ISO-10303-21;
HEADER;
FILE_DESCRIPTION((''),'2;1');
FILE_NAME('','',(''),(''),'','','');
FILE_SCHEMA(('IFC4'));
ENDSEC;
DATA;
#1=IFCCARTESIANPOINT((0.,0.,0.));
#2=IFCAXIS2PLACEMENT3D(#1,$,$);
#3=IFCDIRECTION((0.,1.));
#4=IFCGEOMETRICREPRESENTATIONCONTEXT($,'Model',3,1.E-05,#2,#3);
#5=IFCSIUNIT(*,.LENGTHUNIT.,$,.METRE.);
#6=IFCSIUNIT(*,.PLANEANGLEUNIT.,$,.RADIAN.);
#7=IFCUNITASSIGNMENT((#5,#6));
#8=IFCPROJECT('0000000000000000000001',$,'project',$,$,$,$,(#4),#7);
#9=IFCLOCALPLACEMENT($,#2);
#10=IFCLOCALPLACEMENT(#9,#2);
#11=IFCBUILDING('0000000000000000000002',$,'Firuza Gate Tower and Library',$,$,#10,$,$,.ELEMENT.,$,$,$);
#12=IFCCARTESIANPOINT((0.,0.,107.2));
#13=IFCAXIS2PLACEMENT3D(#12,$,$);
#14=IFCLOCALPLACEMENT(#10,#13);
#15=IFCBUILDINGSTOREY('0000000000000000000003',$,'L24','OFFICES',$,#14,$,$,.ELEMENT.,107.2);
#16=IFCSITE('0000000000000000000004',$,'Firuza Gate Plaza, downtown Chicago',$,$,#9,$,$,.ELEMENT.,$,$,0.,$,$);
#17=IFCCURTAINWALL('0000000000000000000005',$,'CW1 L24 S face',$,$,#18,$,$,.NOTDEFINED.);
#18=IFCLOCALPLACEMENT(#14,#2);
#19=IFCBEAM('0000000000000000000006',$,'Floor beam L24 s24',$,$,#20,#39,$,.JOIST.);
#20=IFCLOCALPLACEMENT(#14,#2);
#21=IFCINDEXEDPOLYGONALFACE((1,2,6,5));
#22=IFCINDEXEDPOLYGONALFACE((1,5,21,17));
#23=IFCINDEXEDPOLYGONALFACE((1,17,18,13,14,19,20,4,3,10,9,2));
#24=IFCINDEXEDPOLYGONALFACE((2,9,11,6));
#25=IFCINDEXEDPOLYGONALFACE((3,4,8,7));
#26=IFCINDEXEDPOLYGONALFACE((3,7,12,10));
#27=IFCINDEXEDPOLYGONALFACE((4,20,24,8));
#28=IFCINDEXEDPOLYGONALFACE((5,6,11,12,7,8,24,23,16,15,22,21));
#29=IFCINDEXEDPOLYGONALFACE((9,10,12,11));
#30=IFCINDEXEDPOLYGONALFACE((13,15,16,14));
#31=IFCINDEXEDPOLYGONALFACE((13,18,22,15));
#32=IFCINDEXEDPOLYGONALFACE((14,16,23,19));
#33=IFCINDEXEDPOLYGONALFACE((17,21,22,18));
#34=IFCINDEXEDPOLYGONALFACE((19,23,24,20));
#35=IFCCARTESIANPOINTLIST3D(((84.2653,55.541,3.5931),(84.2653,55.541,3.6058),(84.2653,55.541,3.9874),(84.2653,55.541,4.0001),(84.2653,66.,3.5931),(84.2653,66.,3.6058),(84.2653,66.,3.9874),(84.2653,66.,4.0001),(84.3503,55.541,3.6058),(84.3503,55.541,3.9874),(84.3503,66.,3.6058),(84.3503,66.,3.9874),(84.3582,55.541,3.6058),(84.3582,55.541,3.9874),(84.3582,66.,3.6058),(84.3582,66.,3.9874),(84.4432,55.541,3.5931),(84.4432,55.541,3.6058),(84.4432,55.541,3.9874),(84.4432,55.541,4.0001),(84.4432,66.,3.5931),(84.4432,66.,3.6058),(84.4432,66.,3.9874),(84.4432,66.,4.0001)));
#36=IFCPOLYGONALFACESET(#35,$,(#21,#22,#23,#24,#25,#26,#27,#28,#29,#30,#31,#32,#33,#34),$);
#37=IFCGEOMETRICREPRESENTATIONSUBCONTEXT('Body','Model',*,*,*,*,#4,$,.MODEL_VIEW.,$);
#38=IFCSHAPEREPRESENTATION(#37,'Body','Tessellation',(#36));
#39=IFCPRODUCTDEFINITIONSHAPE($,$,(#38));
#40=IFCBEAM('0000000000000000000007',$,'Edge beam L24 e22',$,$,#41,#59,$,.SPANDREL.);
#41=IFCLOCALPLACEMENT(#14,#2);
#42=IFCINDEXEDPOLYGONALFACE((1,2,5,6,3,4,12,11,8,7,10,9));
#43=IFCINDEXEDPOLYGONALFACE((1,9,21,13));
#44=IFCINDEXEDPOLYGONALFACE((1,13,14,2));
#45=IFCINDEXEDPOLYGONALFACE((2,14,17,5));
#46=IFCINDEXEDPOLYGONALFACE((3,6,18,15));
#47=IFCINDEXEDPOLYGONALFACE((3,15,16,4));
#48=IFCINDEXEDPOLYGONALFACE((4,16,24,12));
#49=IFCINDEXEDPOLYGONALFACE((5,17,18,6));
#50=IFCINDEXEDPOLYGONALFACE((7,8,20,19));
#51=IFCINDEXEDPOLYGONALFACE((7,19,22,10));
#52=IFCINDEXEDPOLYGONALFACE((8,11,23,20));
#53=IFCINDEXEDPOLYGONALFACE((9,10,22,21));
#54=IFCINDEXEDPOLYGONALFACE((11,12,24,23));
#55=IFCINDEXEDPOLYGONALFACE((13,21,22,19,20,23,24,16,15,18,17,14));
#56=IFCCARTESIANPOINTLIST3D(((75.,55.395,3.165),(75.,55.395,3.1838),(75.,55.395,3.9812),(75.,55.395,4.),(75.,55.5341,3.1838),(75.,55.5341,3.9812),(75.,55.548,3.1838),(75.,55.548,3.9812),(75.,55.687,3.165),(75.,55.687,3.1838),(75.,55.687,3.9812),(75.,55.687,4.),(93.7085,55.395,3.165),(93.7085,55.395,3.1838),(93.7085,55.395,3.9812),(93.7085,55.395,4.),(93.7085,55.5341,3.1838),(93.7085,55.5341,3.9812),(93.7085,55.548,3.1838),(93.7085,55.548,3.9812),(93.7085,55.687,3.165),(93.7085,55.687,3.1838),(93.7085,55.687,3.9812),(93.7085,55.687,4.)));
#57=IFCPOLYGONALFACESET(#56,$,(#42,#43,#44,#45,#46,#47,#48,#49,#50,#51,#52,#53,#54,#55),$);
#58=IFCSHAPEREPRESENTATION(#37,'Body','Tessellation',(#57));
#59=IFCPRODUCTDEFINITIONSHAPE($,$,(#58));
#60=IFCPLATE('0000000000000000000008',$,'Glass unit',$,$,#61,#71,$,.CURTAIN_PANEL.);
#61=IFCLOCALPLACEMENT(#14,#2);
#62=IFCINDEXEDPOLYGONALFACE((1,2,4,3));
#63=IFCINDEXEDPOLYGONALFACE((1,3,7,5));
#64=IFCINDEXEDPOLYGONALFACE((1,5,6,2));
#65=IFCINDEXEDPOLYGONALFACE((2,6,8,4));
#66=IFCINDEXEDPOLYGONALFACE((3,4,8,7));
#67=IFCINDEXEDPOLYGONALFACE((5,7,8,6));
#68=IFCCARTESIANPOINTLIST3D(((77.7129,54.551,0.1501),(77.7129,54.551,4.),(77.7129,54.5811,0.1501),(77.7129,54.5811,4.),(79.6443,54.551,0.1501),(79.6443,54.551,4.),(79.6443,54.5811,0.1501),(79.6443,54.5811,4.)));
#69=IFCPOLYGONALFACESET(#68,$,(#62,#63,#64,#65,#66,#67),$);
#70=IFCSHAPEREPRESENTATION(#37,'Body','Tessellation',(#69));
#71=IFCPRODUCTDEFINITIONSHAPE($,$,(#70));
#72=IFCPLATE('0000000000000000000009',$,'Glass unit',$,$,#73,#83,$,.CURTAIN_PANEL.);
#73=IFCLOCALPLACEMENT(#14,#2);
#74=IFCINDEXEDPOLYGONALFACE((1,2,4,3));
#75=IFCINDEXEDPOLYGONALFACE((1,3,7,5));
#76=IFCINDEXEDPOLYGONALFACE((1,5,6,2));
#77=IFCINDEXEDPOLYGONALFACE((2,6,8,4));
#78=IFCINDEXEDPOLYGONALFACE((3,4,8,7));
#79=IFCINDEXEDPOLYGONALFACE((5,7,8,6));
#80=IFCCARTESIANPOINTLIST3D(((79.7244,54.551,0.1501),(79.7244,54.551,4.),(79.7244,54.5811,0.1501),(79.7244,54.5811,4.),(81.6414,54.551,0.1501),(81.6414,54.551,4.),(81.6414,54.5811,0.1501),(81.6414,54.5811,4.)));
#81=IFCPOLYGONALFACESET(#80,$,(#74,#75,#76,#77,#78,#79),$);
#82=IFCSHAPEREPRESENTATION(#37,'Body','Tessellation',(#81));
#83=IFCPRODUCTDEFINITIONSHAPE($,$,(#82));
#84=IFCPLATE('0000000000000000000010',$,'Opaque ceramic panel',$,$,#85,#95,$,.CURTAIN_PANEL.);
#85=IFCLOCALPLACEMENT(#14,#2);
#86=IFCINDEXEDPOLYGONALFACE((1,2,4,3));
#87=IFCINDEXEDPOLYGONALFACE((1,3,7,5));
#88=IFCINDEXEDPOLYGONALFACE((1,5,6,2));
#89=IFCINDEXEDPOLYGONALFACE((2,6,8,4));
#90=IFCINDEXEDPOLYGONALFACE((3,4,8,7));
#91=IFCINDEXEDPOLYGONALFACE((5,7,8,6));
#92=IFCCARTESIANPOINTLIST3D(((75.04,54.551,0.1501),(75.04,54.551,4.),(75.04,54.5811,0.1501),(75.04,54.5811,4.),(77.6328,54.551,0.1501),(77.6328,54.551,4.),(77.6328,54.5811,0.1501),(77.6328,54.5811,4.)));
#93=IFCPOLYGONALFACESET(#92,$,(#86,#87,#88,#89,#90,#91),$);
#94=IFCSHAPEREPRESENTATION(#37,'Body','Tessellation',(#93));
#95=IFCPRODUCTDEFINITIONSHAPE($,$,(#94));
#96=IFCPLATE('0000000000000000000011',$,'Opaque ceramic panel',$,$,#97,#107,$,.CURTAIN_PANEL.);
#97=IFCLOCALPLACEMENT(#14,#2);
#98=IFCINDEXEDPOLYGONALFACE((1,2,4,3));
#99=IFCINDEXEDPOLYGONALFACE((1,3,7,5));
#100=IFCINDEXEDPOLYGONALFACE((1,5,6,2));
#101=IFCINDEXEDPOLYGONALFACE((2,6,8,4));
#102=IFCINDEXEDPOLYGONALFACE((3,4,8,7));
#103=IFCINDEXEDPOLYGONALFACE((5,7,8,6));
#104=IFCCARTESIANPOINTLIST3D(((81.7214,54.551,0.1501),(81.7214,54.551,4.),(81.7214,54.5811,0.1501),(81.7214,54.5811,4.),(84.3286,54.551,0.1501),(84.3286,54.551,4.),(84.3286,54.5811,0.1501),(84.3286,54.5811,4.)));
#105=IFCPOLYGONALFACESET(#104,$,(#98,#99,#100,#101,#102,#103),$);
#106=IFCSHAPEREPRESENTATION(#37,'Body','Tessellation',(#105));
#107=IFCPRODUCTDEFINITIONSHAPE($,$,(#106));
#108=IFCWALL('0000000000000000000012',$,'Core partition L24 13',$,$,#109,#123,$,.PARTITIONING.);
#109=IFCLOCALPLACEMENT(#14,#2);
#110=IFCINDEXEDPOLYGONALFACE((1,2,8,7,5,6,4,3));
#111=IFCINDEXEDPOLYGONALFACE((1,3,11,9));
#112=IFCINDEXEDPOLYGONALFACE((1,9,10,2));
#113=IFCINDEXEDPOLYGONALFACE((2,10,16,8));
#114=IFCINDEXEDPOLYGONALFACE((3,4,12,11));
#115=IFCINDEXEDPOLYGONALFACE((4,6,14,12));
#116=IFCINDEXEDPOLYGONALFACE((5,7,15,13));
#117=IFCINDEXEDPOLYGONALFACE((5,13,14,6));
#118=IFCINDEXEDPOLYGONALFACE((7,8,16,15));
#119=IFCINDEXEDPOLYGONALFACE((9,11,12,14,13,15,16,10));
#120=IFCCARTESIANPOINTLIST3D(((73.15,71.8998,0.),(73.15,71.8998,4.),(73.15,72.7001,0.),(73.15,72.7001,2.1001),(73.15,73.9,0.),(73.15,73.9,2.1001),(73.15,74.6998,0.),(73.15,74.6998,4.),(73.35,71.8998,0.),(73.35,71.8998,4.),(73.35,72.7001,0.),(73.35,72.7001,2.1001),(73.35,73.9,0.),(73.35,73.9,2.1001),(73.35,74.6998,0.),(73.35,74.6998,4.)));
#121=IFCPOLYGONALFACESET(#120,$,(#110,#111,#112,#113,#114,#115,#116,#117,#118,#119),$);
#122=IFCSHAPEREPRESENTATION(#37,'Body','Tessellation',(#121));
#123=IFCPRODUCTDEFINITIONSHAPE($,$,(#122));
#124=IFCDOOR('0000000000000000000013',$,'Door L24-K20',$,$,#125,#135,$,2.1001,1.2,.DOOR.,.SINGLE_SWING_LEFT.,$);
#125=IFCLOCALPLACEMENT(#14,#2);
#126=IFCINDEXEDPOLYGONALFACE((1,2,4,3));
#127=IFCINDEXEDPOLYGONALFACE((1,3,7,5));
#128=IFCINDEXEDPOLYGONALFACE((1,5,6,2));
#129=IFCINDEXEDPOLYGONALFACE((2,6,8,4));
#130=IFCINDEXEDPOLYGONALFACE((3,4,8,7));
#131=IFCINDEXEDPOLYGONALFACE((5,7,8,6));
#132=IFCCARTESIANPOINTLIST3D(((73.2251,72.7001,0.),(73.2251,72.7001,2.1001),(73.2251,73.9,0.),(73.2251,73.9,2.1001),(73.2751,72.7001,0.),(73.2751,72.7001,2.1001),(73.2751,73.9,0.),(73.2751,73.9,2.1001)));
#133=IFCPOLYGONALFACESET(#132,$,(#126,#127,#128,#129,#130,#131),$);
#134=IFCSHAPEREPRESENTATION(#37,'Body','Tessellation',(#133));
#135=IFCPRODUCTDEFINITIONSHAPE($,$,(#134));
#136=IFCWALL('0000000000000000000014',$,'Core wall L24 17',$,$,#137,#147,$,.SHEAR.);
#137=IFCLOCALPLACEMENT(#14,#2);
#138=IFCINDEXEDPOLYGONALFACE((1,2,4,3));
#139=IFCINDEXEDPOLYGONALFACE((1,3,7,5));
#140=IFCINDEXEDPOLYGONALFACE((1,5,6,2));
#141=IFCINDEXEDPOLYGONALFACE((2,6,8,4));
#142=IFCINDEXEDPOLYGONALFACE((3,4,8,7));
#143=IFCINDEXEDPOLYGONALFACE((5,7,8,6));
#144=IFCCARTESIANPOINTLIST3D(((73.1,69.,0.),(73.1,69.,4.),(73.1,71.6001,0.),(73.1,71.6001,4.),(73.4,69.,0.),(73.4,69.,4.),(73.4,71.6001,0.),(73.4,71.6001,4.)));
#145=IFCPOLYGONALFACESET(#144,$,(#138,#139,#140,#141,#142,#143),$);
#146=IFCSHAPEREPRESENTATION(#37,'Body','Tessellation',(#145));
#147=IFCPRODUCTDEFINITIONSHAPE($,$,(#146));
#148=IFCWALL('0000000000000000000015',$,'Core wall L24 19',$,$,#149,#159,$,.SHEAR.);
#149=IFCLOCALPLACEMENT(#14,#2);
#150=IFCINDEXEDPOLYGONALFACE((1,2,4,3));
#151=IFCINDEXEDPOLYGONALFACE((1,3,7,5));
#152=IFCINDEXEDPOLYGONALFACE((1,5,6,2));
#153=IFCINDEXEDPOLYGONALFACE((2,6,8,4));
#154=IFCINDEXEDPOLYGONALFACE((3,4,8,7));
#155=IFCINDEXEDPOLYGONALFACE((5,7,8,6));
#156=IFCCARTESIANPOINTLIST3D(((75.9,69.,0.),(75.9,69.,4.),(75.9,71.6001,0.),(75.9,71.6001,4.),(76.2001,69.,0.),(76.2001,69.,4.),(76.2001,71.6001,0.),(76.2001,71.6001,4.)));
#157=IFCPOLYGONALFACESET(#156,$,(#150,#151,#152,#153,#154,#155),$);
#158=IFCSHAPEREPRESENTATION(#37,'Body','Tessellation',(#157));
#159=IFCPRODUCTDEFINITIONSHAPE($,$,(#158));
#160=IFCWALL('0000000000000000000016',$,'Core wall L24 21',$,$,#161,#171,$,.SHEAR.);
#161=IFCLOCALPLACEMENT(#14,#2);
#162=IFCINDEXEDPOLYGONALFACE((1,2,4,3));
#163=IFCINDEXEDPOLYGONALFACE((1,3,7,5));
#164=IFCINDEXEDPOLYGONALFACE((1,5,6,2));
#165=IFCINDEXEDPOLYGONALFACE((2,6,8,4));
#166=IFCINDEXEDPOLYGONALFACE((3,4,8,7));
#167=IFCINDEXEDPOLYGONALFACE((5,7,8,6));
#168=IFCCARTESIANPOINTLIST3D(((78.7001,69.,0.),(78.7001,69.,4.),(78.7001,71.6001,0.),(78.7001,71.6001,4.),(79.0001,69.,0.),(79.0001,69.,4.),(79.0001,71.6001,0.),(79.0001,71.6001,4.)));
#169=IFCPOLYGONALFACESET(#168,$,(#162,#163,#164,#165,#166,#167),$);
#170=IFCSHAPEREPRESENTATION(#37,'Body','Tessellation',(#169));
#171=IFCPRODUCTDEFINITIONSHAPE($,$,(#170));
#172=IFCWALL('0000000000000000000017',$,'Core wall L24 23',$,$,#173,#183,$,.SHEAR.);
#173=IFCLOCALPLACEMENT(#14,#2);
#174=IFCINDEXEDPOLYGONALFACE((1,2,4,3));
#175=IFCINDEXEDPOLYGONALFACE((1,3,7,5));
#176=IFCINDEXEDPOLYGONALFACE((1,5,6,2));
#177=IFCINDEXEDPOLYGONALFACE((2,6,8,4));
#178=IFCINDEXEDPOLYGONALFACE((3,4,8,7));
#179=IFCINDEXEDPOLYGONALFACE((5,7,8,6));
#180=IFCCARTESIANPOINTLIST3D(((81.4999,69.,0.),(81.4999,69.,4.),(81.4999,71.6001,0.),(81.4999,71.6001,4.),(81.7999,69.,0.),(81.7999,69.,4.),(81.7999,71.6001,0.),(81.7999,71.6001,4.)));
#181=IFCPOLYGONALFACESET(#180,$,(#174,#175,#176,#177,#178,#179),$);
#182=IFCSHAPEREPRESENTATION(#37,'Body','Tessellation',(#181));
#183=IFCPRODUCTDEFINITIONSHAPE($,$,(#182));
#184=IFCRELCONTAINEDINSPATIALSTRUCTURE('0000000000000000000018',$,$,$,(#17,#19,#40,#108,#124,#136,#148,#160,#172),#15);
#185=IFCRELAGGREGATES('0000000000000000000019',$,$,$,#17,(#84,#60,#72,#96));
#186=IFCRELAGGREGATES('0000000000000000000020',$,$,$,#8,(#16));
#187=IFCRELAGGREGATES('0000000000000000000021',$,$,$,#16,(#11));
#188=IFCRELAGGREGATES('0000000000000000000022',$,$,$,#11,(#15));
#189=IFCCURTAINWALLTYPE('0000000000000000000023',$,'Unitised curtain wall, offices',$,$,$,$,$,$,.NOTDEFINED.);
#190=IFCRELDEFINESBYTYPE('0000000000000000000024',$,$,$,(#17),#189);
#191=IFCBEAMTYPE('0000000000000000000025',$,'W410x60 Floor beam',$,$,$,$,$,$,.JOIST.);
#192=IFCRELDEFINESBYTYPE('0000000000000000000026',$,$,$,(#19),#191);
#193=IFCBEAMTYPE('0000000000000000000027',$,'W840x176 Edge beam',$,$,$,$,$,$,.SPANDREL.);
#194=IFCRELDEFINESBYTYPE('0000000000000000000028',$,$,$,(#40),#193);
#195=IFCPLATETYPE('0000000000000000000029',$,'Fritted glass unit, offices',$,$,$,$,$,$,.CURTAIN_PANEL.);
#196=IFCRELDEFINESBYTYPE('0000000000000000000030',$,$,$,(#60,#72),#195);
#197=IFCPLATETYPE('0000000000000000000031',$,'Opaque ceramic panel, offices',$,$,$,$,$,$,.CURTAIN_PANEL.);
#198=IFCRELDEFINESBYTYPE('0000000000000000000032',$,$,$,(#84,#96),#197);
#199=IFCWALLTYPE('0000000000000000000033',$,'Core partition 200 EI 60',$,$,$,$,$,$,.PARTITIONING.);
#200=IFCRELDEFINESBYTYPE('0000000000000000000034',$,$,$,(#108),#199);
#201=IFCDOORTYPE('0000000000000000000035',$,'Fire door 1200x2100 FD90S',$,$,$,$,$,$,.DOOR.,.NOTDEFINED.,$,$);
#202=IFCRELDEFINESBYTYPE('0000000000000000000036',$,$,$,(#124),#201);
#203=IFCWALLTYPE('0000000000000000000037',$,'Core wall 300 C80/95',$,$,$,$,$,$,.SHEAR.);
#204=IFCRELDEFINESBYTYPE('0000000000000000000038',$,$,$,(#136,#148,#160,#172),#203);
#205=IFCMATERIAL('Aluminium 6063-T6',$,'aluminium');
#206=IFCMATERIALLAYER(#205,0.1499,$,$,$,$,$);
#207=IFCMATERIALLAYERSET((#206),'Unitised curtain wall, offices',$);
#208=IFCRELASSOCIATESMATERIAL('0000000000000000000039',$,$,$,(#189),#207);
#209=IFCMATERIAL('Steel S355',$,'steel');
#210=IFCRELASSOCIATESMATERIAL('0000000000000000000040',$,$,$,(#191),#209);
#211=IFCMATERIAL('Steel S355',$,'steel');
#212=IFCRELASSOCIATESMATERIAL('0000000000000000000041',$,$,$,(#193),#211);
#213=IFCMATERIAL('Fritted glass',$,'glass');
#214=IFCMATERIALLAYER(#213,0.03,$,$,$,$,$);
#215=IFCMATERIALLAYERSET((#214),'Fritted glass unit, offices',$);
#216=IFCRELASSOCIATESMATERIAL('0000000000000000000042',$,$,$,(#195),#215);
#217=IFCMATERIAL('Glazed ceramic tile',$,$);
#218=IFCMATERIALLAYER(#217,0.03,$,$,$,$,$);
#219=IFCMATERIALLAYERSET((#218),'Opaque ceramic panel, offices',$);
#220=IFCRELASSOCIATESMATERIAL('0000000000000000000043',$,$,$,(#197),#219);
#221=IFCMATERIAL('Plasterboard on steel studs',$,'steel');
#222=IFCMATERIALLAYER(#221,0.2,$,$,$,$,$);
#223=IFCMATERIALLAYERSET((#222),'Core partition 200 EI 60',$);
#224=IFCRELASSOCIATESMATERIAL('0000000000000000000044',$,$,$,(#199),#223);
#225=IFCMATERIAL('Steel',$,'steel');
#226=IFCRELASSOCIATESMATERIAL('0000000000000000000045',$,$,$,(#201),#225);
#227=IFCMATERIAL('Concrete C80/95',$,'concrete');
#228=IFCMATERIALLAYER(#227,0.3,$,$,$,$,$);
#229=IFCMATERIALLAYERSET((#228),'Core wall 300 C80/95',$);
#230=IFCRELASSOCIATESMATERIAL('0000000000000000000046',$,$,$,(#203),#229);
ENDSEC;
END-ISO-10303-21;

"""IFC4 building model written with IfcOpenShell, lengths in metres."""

from ifc_helpers import new_model, si_unit, direction, frame, frame_2d, origin, origin_2d, place, context, subcontext, project, spatial, polyline, rectangle, i_section, outline, extrude, material, layer, layer_set, material_profile, profile_set, type_object, element, fill, aggregate, save


model = new_model("IFC4")

# Units and contexts
model_context = context("Model", 3, precision=1e-05, world=origin(), true_north=direction((0.0, 1.0)))
body_context = subcontext(model_context, "Body", "Model", "MODEL_VIEW")
ifc_project = project(units=[si_unit("LENGTHUNIT", "METRE"), si_unit("PLANEANGLEUNIT", "RADIAN")], contexts=[model_context])

# Site, building, storey
site_placement = place(None, origin())
site = spatial("IfcSite", under=ifc_project, at=site_placement, Name="Firuza Gate Plaza, downtown Chicago", CompositionType="ELEMENT", RefElevation=0.0)
building_placement = place(site_placement, origin())
building = spatial("IfcBuilding", under=site, at=building_placement, Name="Firuza Gate Tower and Library", CompositionType="ELEMENT")
storey_placement = place(building_placement, frame((0.0, 0.0, 107.2)))
storey = spatial("IfcBuildingStorey", under=building, at=storey_placement, Name="L24", Description="OFFICES", CompositionType="ELEMENT", Elevation=107.2)

# Curtain wall
ifc_material_1 = material(Name="Aluminium 6063-T6", Category="aluminium")
ifc_layer_1 = layer(ifc_material_1, 0.1499)
ifc_layer_set_1 = layer_set([ifc_layer_1], Name="Unitised curtain wall, offices")
curtain_wall_type = type_object("IfcCurtainWallType", Name="Unitised curtain wall, offices", PredefinedType="NOTDEFINED", material=ifc_layer_set_1)
curtain_wall_placement = place(storey_placement, origin())
curtain_wall = element("IfcCurtainWall", 1, at=curtain_wall_placement, inside=storey, type_object=curtain_wall_type, Name="CW1 L24 S face", PredefinedType="NOTDEFINED")

# Beams
ifc_material_2 = material(Name="Steel S355", Category="steel")
ifc_material_profile_1 = material_profile(ifc_material_2, i_section(OverallWidth=0.178, OverallDepth=0.407, WebThickness=0.0078, FlangeThickness=0.0127, at=origin_2d()))
ifc_profile_set_1 = profile_set([ifc_material_profile_1], Name="Steel S355")
beam_type_1 = type_object("IfcBeamType", Name="W410x60 Floor beam", PredefinedType="JOIST", material=ifc_profile_set_1)
for number, where, z_axis, x_axis, name in (
    (2, (84.3542, 55.541, 3.7966), (0.0, 1.0, 0.0), (-1.0, 0.0, 0.0), "Floor beam L24 s24"),
):
    element("IfcBeam", number, at=place(storey_placement, frame(where, z_axis=z_axis, x_axis=x_axis)), inside=storey, type_object=beam_type_1, Name=name, PredefinedType="JOIST", context=body_context, shape_type="SweptSolid", body=[
        extrude(i_section(OverallWidth=0.178, OverallDepth=0.407, WebThickness=0.0078, FlangeThickness=0.0127, at=origin_2d()), origin(), (0.0, 0.0, 1.0), 10.459),
    ])
ifc_material_3 = material(Name="Steel S355", Category="steel")
ifc_material_profile_2 = material_profile(ifc_material_3, i_section(OverallWidth=0.292, OverallDepth=0.835, WebThickness=0.0139, FlangeThickness=0.0188, at=origin_2d()))
ifc_profile_set_2 = profile_set([ifc_material_profile_2], Name="Steel S355")
beam_type_2 = type_object("IfcBeamType", Name="W840x176 Edge beam", PredefinedType="SPANDREL", material=ifc_profile_set_2)
beam_placement = place(storey_placement, frame((75.0, 55.541, 3.5825), z_axis=(1.0, 0.0, 0.0), x_axis=(0.0, 1.0, 0.0)))
element("IfcBeam", 3, at=beam_placement, inside=storey, type_object=beam_type_2, Name="Edge beam L24 e22", PredefinedType="SPANDREL", context=body_context, shape_type="SweptSolid", body=[
    extrude(i_section(OverallWidth=0.292, OverallDepth=0.835, WebThickness=0.0139, FlangeThickness=0.0188, at=origin_2d()), origin(), (0.0, 0.0, 1.0), 18.7085),
])

# Plates
ifc_material_4 = material(Name="Fritted glass", Category="glass")
ifc_layer_2 = layer(ifc_material_4, 0.03)
ifc_layer_set_2 = layer_set([ifc_layer_2], Name="Fritted glass unit, offices")
plate_type_1 = type_object("IfcPlateType", Name="Fritted glass unit, offices", PredefinedType="CURTAIN_PANEL", material=ifc_layer_set_2)
plate_1_placement = place(storey_placement, frame((77.7129, 54.551, 0.1501), z_axis=(0.0, -1.0, 0.0), x_axis=(1.0, 0.0, 0.0)))
plate_1 = element("IfcPlate", 4, at=plate_1_placement, type_object=plate_type_1, Name="Glass unit", PredefinedType="CURTAIN_PANEL", context=body_context, shape_type="SweptSolid", body=[
    extrude(outline(polyline([(0.0, 0.0), (1.9314, 0.0), (1.9314, 3.8499), (0.0, 3.8499), (0.0, 0.0)])), origin(), (0.0, 0.0, -1.0), 0.03),
])
plate_2_placement = place(storey_placement, frame((79.7244, 54.551, 0.1501), z_axis=(0.0, -1.0, 0.0), x_axis=(1.0, 0.0, 0.0)))
plate_2 = element("IfcPlate", 5, at=plate_2_placement, type_object=plate_type_1, Name="Glass unit", PredefinedType="CURTAIN_PANEL", context=body_context, shape_type="SweptSolid", body=[
    extrude(outline(polyline([(0.0, 0.0), (1.917, 0.0), (1.917, 3.8499), (0.0, 3.8499), (0.0, 0.0)])), origin(), (0.0, 0.0, -1.0), 0.03),
])
ifc_material_5 = material(Name="Glazed ceramic tile")
ifc_layer_3 = layer(ifc_material_5, 0.03)
ifc_layer_set_3 = layer_set([ifc_layer_3], Name="Opaque ceramic panel, offices")
plate_type_2 = type_object("IfcPlateType", Name="Opaque ceramic panel, offices", PredefinedType="CURTAIN_PANEL", material=ifc_layer_set_3)
plate_3_placement = place(storey_placement, frame((75.04, 54.551, 0.1501), z_axis=(0.0, -1.0, 0.0), x_axis=(1.0, 0.0, 0.0)))
plate_3 = element("IfcPlate", 6, at=plate_3_placement, type_object=plate_type_2, Name="Opaque ceramic panel", PredefinedType="CURTAIN_PANEL", context=body_context, shape_type="SweptSolid", body=[
    extrude(outline(polyline([(0.0, 0.0), (2.5928, 0.0), (2.5928, 3.8499), (0.0, 3.8499), (0.0, 0.0)])), origin(), (0.0, 0.0, -1.0), 0.03),
])
plate_4_placement = place(storey_placement, frame((81.7214, 54.551, 0.1501), z_axis=(0.0, -1.0, 0.0), x_axis=(1.0, 0.0, 0.0)))
plate_4 = element("IfcPlate", 7, at=plate_4_placement, type_object=plate_type_2, Name="Opaque ceramic panel", PredefinedType="CURTAIN_PANEL", context=body_context, shape_type="SweptSolid", body=[
    extrude(outline(polyline([(0.0, 0.0), (2.6072, 0.0), (2.6072, 3.8499), (0.0, 3.8499), (0.0, 0.0)])), origin(), (0.0, 0.0, -1.0), 0.03),
])
aggregate(curtain_wall, [plate_3, plate_1, plate_2, plate_4])

# Wall, opening, door
ifc_material_6 = material(Name="Plasterboard on steel studs", Category="steel")
ifc_layer_4 = layer(ifc_material_6, 0.2)
ifc_layer_set_4 = layer_set([ifc_layer_4], Name="Core partition 200 EI 60")
wall_type_1 = type_object("IfcWallType", Name="Core partition 200 EI 60", PredefinedType="PARTITIONING", material=ifc_layer_set_4)
wall_1_placement = place(storey_placement, frame((73.25, 71.8999, 0.0), z_axis=(0.0, 0.0, 1.0), x_axis=(0.0, 1.0, 0.0)))
wall_1 = element("IfcWall", 8, at=wall_1_placement, inside=storey, type_object=wall_type_1, Name="Core partition L24 13", PredefinedType="PARTITIONING", context=body_context, shape_type="SweptSolid", body=[
    extrude(rectangle(XDim=2.8, YDim=0.2, at=frame_2d((1.3999, 0.0))), origin(), (0.0, 0.0, 1.0), 4.0),
])
opening_placement = place(wall_1_placement, frame((0.8, 0.0, 0.0)))
opening = element("IfcOpeningElement", 9, at=opening_placement, cuts=wall_1, PredefinedType="OPENING", context=body_context, shape_type="SweptSolid", body=[
    extrude(rectangle(XDim=1.2, YDim=2.1001, at=frame_2d((0.6001, 1.05))), frame((0.0, 0.1099, 0.0), z_axis=(0.0, -1.0, 0.0), x_axis=(1.0, 0.0, 0.0)), (0.0, 0.0, 1.0), 0.22),
])
ifc_material_7 = material(Name="Steel", Category="steel")
door_type = type_object("IfcDoorType", Name="Fire door 1200x2100 FD90S", OperationType="NOTDEFINED", PredefinedType="DOOR", material=ifc_material_7)
door_placement = place(opening_placement, origin())
door = element("IfcDoor", 10, at=door_placement, inside=storey, type_object=door_type, Name="Door L24-K20", OperationType="SINGLE_SWING_LEFT", OverallHeight=2.1001, OverallWidth=1.2, PredefinedType="DOOR", context=body_context, shape_type="SweptSolid", body=[
    extrude(rectangle(XDim=1.2, YDim=2.1001, at=frame_2d((0.6001, 1.05))), frame((0.0, 0.0249, 0.0), z_axis=(0.0, -1.0, 0.0), x_axis=(1.0, 0.0, 0.0)), (0.0, 0.0, 1.0), 0.05),
])
fill(opening, door)

# Walls
ifc_material_8 = material(Name="Concrete C80/95", Category="concrete")
ifc_layer_5 = layer(ifc_material_8, 0.3)
ifc_layer_set_5 = layer_set([ifc_layer_5], Name="Core wall 300 C80/95")
wall_type_2 = type_object("IfcWallType", Name="Core wall 300 C80/95", PredefinedType="SHEAR", material=ifc_layer_set_5)
for number, where, z_axis, x_axis, name in (
    (11, (73.25, 69.0, 0.0), (0.0, 0.0, 1.0), (0.0, 1.0, 0.0), "Core wall L24 17"),
    (12, (76.05, 69.0, 0.0), (0.0, 0.0, 1.0), (0.0, 1.0, 0.0), "Core wall L24 19"),
    (13, (78.8501, 69.0, 0.0), (0.0, 0.0, 1.0), (0.0, 1.0, 0.0), "Core wall L24 21"),
    (14, (81.6499, 69.0, 0.0), (0.0, 0.0, 1.0), (0.0, 1.0, 0.0), "Core wall L24 23"),
):
    element("IfcWall", number, at=place(storey_placement, frame(where, z_axis=z_axis, x_axis=x_axis)), inside=storey, type_object=wall_type_2, Name=name, PredefinedType="SHEAR", context=body_context, shape_type="SweptSolid", body=[
        extrude(rectangle(XDim=2.6001, YDim=0.3, at=frame_2d((1.3, 0.0))), origin(), (0.0, 0.0, 1.0), 4.0),
    ])

save(model, "model.ifc")
